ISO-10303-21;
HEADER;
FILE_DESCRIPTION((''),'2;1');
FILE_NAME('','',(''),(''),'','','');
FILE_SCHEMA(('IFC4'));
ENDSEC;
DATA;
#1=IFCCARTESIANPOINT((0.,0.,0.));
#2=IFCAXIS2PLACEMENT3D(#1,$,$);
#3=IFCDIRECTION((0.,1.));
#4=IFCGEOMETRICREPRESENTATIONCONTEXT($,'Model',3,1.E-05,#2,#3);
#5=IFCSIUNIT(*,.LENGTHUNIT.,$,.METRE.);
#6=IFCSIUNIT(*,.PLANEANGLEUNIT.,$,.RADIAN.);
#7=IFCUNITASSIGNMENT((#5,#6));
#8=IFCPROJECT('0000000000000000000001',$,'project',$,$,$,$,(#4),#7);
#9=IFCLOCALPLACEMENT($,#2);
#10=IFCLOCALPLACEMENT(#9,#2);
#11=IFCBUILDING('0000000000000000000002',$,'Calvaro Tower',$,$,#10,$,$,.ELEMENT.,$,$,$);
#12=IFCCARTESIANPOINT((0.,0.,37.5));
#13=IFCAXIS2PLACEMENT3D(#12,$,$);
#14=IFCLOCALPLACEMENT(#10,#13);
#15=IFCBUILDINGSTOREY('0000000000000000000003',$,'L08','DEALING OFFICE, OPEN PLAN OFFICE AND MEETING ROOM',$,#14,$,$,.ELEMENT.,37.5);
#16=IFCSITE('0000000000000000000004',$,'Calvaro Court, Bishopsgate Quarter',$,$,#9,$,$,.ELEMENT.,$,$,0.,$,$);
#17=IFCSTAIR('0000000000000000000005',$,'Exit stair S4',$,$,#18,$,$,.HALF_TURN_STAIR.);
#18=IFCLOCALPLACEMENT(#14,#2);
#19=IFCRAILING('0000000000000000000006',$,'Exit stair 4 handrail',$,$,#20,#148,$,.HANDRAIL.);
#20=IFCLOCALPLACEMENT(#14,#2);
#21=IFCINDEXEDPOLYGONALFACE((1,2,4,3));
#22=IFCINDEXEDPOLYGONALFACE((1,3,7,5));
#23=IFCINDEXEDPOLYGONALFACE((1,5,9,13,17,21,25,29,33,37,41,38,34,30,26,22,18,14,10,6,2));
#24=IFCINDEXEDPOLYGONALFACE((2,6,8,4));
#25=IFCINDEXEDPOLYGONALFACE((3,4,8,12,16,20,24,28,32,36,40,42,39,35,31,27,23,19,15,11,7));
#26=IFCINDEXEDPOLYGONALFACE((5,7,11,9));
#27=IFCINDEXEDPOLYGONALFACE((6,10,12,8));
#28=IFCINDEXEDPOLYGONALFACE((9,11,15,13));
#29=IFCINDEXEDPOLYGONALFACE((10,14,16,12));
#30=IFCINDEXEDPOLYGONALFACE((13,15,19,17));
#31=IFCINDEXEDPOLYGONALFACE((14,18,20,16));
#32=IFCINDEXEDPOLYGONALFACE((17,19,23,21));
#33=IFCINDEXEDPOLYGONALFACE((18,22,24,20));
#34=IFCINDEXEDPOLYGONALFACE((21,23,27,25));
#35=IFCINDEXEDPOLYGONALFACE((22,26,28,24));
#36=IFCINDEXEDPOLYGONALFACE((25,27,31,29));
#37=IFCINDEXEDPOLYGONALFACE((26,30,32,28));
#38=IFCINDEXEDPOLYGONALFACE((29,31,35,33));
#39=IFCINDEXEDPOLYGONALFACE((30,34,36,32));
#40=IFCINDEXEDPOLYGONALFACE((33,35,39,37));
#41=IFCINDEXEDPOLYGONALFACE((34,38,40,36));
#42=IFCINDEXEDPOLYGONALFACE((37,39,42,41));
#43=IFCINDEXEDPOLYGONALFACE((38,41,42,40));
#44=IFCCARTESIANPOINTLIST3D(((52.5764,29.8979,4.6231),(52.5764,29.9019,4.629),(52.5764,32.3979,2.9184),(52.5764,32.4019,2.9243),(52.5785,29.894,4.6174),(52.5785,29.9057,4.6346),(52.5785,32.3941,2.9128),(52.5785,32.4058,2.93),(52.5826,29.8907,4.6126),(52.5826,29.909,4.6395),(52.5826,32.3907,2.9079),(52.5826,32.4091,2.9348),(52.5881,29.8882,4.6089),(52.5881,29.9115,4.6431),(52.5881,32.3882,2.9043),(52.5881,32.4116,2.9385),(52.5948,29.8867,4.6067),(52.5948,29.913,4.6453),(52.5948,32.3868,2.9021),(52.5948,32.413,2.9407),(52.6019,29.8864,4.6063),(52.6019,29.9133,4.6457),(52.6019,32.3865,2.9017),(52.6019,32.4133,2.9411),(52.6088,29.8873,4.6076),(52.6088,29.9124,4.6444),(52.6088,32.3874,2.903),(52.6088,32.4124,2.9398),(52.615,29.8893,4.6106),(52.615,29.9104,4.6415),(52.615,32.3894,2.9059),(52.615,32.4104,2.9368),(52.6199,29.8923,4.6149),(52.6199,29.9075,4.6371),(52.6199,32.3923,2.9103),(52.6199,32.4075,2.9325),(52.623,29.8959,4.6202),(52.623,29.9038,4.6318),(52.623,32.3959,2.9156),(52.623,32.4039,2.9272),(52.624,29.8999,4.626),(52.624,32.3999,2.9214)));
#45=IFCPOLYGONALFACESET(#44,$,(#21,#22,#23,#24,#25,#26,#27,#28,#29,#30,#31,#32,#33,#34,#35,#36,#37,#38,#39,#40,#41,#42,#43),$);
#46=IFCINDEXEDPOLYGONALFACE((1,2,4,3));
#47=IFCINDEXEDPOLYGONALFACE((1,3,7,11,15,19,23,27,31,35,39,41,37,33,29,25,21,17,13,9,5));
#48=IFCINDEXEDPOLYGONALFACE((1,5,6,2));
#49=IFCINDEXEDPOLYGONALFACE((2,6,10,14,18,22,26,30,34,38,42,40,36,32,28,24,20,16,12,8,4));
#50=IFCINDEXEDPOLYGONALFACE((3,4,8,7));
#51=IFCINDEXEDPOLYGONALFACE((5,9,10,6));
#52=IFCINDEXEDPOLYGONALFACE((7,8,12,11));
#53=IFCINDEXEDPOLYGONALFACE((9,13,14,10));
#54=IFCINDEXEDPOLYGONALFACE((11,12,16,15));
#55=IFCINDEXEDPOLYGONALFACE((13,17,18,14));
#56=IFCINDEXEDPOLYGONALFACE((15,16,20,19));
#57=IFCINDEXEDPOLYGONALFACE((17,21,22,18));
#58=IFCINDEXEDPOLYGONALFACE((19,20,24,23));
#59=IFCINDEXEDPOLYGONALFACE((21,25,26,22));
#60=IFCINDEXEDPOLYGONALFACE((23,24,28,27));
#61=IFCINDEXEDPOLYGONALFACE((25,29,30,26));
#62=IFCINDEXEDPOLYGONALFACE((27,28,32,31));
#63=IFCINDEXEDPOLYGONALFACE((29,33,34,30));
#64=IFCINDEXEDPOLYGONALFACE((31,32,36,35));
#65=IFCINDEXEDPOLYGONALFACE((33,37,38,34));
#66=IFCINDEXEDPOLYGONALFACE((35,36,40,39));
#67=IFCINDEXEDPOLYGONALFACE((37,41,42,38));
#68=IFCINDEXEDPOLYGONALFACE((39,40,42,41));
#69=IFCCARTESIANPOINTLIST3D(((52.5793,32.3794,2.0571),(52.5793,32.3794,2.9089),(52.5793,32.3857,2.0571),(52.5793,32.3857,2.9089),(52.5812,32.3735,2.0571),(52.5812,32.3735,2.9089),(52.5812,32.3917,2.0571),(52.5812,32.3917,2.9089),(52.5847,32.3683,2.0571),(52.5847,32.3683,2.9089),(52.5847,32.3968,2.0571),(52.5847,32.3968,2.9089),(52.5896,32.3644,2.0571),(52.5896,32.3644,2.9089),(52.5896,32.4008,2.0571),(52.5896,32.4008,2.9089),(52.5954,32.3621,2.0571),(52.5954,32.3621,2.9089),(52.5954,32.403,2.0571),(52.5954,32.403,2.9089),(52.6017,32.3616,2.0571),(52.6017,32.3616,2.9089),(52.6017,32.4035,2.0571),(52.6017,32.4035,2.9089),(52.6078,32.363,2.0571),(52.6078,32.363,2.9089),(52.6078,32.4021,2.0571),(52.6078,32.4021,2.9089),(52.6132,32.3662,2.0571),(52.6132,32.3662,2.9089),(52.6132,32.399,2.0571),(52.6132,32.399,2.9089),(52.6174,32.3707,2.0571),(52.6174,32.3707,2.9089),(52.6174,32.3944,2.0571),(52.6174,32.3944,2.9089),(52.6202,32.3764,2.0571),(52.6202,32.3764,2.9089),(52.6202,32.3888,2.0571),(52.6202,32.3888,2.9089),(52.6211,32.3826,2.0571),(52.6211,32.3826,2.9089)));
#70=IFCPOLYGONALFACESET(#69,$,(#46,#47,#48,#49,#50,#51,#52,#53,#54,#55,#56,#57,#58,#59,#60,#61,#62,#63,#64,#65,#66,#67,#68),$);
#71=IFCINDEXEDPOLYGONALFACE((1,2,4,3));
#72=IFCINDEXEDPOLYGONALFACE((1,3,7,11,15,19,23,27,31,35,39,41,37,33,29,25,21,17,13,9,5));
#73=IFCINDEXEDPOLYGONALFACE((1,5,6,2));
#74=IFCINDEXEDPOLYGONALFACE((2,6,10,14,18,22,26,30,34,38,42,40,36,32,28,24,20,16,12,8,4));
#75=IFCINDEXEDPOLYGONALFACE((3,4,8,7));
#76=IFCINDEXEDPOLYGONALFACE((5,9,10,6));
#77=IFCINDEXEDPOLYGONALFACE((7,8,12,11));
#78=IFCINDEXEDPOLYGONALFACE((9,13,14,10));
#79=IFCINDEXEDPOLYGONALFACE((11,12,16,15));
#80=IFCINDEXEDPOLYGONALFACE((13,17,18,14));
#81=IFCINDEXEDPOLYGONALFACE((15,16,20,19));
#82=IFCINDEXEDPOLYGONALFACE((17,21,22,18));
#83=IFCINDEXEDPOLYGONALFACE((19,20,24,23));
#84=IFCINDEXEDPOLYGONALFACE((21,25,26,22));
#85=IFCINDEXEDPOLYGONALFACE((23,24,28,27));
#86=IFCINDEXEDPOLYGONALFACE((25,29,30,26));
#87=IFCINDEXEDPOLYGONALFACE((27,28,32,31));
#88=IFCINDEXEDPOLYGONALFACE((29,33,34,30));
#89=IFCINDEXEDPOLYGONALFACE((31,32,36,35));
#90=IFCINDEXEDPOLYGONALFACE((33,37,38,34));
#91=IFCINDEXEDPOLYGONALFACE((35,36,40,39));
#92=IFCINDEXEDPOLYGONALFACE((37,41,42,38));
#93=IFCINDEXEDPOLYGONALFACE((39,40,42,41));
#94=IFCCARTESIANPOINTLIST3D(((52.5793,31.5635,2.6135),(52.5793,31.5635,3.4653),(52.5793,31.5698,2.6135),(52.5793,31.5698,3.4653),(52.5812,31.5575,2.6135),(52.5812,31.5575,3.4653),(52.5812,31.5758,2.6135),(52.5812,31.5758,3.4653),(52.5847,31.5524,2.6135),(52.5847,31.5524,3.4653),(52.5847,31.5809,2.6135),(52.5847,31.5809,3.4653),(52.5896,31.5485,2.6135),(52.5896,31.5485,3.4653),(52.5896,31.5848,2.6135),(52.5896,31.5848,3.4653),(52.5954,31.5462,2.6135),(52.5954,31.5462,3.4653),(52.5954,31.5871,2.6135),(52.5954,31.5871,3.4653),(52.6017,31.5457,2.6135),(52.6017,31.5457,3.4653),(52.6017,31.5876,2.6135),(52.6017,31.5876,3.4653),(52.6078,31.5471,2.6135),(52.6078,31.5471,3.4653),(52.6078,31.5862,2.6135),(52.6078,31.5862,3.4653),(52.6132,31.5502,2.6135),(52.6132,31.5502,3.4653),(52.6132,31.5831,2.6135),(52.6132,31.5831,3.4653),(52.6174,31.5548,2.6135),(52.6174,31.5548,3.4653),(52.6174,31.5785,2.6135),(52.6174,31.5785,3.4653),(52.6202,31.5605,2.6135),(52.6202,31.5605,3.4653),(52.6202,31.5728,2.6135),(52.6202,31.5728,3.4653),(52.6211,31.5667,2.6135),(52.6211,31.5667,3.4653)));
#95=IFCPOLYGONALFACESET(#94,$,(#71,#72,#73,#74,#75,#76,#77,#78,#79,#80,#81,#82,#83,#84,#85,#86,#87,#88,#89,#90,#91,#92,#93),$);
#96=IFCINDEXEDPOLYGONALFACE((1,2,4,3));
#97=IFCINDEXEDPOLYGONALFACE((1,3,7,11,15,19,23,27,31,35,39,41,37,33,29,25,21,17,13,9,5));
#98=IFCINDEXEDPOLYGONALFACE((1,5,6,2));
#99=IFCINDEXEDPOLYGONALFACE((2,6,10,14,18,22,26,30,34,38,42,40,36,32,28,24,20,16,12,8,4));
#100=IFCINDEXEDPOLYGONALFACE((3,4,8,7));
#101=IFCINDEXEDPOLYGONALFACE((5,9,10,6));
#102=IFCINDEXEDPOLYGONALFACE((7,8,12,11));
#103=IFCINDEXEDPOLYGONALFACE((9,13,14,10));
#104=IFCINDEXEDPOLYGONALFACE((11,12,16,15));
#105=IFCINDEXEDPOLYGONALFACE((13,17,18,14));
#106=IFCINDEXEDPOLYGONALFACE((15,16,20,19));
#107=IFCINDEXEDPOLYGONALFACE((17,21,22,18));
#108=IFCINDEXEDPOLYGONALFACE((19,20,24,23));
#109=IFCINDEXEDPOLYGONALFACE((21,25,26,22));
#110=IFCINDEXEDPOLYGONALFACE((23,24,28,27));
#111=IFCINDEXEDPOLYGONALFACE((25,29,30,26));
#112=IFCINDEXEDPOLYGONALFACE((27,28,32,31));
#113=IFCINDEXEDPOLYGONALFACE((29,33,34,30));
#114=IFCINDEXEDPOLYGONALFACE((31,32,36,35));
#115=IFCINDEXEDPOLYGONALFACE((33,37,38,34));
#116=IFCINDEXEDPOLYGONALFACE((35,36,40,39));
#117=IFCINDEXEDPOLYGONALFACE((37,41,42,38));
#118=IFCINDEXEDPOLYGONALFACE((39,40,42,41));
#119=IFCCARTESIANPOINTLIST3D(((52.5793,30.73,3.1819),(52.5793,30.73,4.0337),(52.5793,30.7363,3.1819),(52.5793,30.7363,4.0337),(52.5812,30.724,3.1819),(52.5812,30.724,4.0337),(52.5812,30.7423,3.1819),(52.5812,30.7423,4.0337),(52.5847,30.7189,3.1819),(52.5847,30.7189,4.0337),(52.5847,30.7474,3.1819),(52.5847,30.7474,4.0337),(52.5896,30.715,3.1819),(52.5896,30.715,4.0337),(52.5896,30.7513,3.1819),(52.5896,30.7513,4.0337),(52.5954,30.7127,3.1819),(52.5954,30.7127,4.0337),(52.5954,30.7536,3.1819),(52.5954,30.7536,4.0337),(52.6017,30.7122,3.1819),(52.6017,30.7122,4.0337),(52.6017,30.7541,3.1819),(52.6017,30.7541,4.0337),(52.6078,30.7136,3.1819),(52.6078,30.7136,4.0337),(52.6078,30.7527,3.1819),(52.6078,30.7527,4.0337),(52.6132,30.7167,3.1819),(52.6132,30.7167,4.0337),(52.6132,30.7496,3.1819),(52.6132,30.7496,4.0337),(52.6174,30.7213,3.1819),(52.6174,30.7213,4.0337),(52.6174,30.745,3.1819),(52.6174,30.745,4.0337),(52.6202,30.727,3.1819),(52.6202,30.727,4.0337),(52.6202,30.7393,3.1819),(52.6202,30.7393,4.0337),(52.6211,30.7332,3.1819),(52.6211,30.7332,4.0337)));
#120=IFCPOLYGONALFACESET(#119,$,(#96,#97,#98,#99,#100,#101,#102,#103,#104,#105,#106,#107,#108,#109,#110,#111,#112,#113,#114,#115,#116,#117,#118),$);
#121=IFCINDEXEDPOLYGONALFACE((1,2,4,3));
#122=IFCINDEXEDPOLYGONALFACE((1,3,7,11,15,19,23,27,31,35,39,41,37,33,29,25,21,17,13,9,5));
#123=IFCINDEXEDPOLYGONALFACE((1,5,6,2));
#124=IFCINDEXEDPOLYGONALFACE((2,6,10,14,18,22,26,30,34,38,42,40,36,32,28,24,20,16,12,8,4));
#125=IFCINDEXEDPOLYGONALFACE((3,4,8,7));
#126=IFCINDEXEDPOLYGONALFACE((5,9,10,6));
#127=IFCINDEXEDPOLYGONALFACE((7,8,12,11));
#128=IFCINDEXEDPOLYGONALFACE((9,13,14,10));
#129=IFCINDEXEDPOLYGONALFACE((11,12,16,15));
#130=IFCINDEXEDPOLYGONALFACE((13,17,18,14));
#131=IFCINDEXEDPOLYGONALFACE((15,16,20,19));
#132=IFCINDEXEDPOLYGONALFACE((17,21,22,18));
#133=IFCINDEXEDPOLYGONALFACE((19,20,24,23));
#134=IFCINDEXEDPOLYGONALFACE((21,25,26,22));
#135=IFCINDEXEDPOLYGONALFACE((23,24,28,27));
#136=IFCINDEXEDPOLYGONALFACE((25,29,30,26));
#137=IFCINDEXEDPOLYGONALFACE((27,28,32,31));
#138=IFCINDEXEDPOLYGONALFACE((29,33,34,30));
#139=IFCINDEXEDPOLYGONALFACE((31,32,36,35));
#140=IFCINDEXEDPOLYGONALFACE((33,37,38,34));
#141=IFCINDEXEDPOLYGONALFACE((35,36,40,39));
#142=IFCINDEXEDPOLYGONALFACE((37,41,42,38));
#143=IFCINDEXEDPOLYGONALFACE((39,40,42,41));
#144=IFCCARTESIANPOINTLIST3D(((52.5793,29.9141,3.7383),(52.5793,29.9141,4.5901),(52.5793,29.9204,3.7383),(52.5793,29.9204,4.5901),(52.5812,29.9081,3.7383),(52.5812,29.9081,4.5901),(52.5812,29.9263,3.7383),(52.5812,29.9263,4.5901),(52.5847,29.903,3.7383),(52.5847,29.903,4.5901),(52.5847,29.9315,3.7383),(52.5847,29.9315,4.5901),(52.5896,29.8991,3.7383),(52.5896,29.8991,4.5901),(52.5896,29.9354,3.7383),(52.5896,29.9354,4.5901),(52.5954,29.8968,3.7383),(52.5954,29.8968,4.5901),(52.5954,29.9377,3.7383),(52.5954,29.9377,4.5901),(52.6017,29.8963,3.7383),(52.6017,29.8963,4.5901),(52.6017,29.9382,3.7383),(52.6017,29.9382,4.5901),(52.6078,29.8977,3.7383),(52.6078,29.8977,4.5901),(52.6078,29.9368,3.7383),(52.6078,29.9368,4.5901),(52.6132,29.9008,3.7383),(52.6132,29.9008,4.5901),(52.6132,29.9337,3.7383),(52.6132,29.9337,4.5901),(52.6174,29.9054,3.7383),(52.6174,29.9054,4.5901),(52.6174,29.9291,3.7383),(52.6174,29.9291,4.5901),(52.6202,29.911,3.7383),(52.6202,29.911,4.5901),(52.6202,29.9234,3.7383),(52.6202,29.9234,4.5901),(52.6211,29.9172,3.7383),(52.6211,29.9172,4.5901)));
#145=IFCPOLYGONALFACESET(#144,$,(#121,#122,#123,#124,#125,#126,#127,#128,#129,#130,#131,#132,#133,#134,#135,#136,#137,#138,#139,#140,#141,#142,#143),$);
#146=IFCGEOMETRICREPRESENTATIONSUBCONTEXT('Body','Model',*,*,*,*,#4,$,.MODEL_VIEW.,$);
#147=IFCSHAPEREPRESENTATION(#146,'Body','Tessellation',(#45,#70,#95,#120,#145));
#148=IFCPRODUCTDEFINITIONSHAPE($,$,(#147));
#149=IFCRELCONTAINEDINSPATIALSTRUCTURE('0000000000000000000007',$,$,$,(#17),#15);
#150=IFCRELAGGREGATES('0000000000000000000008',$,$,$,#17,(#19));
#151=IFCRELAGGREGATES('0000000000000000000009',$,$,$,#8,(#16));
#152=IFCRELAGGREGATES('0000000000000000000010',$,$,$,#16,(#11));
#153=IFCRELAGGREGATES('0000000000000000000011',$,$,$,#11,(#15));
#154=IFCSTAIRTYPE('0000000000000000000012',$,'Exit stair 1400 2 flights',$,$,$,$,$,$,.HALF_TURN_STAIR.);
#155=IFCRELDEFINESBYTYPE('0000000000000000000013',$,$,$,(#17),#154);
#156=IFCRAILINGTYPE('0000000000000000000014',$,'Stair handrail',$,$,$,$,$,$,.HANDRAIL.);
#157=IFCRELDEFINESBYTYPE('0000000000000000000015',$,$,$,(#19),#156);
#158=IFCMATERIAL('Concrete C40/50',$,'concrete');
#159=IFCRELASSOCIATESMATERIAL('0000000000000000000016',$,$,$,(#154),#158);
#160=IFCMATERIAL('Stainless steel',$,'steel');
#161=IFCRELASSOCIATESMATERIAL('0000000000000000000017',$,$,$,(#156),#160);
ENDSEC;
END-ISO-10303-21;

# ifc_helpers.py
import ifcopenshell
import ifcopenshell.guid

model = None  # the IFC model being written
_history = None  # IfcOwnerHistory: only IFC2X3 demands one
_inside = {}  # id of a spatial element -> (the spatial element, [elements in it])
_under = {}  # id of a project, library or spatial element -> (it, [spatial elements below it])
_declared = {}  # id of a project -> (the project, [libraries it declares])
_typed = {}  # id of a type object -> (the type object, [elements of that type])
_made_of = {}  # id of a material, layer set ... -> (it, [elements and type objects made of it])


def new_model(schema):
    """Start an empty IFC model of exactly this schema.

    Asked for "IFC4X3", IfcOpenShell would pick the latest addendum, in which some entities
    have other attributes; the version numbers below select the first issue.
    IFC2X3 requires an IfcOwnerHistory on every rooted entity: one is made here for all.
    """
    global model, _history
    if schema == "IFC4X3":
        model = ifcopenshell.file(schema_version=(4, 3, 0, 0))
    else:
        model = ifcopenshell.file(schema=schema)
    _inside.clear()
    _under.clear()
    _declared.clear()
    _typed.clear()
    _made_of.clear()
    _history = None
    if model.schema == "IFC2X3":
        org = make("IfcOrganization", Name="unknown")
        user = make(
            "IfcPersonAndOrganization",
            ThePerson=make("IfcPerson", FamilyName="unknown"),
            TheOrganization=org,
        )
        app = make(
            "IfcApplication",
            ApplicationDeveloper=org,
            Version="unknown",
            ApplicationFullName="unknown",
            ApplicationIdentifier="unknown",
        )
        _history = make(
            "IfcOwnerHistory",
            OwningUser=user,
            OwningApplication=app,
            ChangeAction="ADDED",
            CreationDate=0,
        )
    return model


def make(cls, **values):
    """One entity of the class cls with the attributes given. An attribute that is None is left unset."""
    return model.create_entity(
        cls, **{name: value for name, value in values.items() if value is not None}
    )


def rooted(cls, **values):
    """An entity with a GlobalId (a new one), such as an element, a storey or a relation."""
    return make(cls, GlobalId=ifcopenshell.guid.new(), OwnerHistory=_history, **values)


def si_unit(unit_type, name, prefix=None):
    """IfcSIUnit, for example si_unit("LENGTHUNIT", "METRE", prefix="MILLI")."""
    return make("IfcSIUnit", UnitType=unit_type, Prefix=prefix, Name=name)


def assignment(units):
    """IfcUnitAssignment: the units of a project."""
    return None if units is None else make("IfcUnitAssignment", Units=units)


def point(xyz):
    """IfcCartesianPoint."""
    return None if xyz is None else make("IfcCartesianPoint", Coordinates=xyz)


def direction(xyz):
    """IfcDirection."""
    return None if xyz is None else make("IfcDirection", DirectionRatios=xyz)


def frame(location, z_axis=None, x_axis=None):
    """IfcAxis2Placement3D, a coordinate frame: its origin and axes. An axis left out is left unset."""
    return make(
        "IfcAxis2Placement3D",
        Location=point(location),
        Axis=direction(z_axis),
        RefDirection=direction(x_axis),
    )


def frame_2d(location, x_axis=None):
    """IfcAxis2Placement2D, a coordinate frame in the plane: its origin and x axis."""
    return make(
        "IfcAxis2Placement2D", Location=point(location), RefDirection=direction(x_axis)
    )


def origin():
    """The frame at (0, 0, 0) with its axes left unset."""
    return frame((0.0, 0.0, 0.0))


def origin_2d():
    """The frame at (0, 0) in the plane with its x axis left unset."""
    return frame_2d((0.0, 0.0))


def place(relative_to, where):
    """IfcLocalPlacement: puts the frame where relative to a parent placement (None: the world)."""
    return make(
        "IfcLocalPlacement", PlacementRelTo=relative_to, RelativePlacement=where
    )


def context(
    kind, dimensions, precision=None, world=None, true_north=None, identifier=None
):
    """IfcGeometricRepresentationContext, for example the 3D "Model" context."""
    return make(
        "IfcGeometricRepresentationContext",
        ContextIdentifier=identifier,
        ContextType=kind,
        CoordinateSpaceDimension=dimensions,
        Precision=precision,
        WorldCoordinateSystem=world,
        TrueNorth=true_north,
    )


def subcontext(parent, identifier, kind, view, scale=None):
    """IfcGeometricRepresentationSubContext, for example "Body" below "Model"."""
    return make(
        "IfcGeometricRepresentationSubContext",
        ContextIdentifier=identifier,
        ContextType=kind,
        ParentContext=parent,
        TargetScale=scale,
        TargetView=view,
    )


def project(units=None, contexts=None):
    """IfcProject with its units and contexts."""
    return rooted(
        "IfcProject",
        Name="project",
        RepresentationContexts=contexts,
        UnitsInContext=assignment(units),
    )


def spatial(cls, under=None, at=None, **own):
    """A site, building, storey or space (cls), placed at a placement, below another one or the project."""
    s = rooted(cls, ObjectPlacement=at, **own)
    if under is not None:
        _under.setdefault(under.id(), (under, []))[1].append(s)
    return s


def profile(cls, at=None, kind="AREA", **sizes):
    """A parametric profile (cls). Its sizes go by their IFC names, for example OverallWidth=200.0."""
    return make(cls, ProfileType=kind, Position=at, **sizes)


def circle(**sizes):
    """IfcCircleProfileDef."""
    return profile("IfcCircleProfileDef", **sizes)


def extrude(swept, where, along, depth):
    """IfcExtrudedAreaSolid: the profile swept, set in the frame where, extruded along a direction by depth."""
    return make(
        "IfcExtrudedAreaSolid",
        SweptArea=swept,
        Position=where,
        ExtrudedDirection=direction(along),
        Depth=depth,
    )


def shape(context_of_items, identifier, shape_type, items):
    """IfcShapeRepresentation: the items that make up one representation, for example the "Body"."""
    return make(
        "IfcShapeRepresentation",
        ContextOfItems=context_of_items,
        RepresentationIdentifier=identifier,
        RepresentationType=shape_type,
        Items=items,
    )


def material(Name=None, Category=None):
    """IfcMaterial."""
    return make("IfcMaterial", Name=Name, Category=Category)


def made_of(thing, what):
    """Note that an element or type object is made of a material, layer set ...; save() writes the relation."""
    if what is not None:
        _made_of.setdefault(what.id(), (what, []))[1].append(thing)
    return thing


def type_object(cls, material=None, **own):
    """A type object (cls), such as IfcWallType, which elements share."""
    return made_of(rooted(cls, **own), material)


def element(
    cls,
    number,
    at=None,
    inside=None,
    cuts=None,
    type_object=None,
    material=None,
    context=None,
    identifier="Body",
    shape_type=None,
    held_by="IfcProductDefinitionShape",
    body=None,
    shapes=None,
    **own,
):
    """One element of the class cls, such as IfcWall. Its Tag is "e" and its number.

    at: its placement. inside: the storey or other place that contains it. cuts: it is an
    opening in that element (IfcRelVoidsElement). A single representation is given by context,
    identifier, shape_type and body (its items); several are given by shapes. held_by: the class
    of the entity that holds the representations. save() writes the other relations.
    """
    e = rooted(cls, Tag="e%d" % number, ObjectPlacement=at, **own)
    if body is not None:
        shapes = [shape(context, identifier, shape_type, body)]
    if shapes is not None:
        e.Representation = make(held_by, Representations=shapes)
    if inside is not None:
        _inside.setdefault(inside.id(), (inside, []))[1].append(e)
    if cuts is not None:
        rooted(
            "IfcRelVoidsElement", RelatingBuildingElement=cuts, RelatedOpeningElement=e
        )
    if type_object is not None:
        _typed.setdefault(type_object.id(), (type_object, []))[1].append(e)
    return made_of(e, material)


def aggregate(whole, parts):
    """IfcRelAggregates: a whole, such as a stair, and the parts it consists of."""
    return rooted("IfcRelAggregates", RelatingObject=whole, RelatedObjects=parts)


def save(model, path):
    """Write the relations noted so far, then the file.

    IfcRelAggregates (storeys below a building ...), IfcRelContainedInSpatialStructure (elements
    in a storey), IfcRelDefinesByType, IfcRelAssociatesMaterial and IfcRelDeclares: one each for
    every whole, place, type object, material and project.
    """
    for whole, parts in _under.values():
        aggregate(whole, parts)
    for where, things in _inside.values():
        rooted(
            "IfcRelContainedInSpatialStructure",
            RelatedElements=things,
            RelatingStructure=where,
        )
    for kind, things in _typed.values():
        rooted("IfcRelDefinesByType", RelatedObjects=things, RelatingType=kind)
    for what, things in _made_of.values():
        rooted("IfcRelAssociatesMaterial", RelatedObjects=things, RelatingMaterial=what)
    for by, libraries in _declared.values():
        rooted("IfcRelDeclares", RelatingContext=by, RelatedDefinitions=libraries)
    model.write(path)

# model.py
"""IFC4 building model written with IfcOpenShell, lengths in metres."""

from ifc_helpers import new_model, si_unit, direction, frame, origin, origin_2d, place, context, subcontext, project, spatial, circle, extrude, material, type_object, element, aggregate, save


model = new_model("IFC4")

# Units and contexts
model_context = context("Model", 3, precision=1e-05, world=origin(), true_north=direction((0.0, 1.0)))
body_context = subcontext(model_context, "Body", "Model", "MODEL_VIEW")
ifc_project = project(units=[si_unit("LENGTHUNIT", "METRE"), si_unit("PLANEANGLEUNIT", "RADIAN")], contexts=[model_context])

# Site, building, storey
site_placement = place(None, origin())
site = spatial("IfcSite", under=ifc_project, at=site_placement, Name="Calvaro Court, Bishopsgate Quarter", CompositionType="ELEMENT", RefElevation=0.0)
building_placement = place(site_placement, origin())
building = spatial("IfcBuilding", under=site, at=building_placement, Name="Calvaro Tower", CompositionType="ELEMENT")
storey_placement = place(building_placement, frame((0.0, 0.0, 37.5)))
storey = spatial("IfcBuildingStorey", under=building, at=storey_placement, Name="L08", Description="DEALING OFFICE, OPEN PLAN OFFICE AND MEETING ROOM", CompositionType="ELEMENT", Elevation=37.5)

# Shared definitions
ifc_material_1 = material(Name="Concrete C40/50", Category="concrete")
stair_type = type_object("IfcStairType", Name="Exit stair 1400 2 flights", PredefinedType="HALF_TURN_STAIR", material=ifc_material_1)

# Stair
stair_1_placement = place(storey_placement, origin())
stair_1 = element("IfcStair", 1, at=stair_1_placement, inside=storey, type_object=stair_type, Name="Exit stair S4", PredefinedType="HALF_TURN_STAIR")

# Railing
ifc_material_2 = material(Name="Stainless steel", Category="steel")
railing_type = type_object("IfcRailingType", Name="Stair handrail", PredefinedType="HANDRAIL", material=ifc_material_2)
railing_1_placement = place(storey_placement, frame((52.6001, 32.3999, 2.0454)))
railing_1 = element("IfcRailing", 2, at=railing_1_placement, type_object=railing_type, Name="Exit stair 4 handrail", PredefinedType="HANDRAIL", context=body_context, shape_type="SweptSolid", body=[
    extrude(circle(Radius=0.0239, at=origin_2d()), frame((0.0, 0.0, 0.876), z_axis=(0.0, -0.826221, 0.563347), x_axis=(1.0, 0.0, 0.0)), (0.0, 0.0, 1.0), 3.0259),
    extrude(circle(Radius=0.021, at=origin_2d()), frame((0.0, -0.0173, 0.0117)), (0.0, 0.0, 1.0), 0.8518),
    extrude(circle(Radius=0.021, at=origin_2d()), frame((0.0, -0.8333, 0.5681)), (0.0, 0.0, 1.0), 0.8518),
    extrude(circle(Radius=0.021, at=origin_2d()), frame((0.0, -1.6667, 1.1365)), (0.0, 0.0, 1.0), 0.8518),
    extrude(circle(Radius=0.021, at=origin_2d()), frame((0.0, -2.4827, 1.6929)), (0.0, 0.0, 1.0), 0.8518),
])
aggregate(stair_1, [railing_1])

save(model, "model.ifc")
